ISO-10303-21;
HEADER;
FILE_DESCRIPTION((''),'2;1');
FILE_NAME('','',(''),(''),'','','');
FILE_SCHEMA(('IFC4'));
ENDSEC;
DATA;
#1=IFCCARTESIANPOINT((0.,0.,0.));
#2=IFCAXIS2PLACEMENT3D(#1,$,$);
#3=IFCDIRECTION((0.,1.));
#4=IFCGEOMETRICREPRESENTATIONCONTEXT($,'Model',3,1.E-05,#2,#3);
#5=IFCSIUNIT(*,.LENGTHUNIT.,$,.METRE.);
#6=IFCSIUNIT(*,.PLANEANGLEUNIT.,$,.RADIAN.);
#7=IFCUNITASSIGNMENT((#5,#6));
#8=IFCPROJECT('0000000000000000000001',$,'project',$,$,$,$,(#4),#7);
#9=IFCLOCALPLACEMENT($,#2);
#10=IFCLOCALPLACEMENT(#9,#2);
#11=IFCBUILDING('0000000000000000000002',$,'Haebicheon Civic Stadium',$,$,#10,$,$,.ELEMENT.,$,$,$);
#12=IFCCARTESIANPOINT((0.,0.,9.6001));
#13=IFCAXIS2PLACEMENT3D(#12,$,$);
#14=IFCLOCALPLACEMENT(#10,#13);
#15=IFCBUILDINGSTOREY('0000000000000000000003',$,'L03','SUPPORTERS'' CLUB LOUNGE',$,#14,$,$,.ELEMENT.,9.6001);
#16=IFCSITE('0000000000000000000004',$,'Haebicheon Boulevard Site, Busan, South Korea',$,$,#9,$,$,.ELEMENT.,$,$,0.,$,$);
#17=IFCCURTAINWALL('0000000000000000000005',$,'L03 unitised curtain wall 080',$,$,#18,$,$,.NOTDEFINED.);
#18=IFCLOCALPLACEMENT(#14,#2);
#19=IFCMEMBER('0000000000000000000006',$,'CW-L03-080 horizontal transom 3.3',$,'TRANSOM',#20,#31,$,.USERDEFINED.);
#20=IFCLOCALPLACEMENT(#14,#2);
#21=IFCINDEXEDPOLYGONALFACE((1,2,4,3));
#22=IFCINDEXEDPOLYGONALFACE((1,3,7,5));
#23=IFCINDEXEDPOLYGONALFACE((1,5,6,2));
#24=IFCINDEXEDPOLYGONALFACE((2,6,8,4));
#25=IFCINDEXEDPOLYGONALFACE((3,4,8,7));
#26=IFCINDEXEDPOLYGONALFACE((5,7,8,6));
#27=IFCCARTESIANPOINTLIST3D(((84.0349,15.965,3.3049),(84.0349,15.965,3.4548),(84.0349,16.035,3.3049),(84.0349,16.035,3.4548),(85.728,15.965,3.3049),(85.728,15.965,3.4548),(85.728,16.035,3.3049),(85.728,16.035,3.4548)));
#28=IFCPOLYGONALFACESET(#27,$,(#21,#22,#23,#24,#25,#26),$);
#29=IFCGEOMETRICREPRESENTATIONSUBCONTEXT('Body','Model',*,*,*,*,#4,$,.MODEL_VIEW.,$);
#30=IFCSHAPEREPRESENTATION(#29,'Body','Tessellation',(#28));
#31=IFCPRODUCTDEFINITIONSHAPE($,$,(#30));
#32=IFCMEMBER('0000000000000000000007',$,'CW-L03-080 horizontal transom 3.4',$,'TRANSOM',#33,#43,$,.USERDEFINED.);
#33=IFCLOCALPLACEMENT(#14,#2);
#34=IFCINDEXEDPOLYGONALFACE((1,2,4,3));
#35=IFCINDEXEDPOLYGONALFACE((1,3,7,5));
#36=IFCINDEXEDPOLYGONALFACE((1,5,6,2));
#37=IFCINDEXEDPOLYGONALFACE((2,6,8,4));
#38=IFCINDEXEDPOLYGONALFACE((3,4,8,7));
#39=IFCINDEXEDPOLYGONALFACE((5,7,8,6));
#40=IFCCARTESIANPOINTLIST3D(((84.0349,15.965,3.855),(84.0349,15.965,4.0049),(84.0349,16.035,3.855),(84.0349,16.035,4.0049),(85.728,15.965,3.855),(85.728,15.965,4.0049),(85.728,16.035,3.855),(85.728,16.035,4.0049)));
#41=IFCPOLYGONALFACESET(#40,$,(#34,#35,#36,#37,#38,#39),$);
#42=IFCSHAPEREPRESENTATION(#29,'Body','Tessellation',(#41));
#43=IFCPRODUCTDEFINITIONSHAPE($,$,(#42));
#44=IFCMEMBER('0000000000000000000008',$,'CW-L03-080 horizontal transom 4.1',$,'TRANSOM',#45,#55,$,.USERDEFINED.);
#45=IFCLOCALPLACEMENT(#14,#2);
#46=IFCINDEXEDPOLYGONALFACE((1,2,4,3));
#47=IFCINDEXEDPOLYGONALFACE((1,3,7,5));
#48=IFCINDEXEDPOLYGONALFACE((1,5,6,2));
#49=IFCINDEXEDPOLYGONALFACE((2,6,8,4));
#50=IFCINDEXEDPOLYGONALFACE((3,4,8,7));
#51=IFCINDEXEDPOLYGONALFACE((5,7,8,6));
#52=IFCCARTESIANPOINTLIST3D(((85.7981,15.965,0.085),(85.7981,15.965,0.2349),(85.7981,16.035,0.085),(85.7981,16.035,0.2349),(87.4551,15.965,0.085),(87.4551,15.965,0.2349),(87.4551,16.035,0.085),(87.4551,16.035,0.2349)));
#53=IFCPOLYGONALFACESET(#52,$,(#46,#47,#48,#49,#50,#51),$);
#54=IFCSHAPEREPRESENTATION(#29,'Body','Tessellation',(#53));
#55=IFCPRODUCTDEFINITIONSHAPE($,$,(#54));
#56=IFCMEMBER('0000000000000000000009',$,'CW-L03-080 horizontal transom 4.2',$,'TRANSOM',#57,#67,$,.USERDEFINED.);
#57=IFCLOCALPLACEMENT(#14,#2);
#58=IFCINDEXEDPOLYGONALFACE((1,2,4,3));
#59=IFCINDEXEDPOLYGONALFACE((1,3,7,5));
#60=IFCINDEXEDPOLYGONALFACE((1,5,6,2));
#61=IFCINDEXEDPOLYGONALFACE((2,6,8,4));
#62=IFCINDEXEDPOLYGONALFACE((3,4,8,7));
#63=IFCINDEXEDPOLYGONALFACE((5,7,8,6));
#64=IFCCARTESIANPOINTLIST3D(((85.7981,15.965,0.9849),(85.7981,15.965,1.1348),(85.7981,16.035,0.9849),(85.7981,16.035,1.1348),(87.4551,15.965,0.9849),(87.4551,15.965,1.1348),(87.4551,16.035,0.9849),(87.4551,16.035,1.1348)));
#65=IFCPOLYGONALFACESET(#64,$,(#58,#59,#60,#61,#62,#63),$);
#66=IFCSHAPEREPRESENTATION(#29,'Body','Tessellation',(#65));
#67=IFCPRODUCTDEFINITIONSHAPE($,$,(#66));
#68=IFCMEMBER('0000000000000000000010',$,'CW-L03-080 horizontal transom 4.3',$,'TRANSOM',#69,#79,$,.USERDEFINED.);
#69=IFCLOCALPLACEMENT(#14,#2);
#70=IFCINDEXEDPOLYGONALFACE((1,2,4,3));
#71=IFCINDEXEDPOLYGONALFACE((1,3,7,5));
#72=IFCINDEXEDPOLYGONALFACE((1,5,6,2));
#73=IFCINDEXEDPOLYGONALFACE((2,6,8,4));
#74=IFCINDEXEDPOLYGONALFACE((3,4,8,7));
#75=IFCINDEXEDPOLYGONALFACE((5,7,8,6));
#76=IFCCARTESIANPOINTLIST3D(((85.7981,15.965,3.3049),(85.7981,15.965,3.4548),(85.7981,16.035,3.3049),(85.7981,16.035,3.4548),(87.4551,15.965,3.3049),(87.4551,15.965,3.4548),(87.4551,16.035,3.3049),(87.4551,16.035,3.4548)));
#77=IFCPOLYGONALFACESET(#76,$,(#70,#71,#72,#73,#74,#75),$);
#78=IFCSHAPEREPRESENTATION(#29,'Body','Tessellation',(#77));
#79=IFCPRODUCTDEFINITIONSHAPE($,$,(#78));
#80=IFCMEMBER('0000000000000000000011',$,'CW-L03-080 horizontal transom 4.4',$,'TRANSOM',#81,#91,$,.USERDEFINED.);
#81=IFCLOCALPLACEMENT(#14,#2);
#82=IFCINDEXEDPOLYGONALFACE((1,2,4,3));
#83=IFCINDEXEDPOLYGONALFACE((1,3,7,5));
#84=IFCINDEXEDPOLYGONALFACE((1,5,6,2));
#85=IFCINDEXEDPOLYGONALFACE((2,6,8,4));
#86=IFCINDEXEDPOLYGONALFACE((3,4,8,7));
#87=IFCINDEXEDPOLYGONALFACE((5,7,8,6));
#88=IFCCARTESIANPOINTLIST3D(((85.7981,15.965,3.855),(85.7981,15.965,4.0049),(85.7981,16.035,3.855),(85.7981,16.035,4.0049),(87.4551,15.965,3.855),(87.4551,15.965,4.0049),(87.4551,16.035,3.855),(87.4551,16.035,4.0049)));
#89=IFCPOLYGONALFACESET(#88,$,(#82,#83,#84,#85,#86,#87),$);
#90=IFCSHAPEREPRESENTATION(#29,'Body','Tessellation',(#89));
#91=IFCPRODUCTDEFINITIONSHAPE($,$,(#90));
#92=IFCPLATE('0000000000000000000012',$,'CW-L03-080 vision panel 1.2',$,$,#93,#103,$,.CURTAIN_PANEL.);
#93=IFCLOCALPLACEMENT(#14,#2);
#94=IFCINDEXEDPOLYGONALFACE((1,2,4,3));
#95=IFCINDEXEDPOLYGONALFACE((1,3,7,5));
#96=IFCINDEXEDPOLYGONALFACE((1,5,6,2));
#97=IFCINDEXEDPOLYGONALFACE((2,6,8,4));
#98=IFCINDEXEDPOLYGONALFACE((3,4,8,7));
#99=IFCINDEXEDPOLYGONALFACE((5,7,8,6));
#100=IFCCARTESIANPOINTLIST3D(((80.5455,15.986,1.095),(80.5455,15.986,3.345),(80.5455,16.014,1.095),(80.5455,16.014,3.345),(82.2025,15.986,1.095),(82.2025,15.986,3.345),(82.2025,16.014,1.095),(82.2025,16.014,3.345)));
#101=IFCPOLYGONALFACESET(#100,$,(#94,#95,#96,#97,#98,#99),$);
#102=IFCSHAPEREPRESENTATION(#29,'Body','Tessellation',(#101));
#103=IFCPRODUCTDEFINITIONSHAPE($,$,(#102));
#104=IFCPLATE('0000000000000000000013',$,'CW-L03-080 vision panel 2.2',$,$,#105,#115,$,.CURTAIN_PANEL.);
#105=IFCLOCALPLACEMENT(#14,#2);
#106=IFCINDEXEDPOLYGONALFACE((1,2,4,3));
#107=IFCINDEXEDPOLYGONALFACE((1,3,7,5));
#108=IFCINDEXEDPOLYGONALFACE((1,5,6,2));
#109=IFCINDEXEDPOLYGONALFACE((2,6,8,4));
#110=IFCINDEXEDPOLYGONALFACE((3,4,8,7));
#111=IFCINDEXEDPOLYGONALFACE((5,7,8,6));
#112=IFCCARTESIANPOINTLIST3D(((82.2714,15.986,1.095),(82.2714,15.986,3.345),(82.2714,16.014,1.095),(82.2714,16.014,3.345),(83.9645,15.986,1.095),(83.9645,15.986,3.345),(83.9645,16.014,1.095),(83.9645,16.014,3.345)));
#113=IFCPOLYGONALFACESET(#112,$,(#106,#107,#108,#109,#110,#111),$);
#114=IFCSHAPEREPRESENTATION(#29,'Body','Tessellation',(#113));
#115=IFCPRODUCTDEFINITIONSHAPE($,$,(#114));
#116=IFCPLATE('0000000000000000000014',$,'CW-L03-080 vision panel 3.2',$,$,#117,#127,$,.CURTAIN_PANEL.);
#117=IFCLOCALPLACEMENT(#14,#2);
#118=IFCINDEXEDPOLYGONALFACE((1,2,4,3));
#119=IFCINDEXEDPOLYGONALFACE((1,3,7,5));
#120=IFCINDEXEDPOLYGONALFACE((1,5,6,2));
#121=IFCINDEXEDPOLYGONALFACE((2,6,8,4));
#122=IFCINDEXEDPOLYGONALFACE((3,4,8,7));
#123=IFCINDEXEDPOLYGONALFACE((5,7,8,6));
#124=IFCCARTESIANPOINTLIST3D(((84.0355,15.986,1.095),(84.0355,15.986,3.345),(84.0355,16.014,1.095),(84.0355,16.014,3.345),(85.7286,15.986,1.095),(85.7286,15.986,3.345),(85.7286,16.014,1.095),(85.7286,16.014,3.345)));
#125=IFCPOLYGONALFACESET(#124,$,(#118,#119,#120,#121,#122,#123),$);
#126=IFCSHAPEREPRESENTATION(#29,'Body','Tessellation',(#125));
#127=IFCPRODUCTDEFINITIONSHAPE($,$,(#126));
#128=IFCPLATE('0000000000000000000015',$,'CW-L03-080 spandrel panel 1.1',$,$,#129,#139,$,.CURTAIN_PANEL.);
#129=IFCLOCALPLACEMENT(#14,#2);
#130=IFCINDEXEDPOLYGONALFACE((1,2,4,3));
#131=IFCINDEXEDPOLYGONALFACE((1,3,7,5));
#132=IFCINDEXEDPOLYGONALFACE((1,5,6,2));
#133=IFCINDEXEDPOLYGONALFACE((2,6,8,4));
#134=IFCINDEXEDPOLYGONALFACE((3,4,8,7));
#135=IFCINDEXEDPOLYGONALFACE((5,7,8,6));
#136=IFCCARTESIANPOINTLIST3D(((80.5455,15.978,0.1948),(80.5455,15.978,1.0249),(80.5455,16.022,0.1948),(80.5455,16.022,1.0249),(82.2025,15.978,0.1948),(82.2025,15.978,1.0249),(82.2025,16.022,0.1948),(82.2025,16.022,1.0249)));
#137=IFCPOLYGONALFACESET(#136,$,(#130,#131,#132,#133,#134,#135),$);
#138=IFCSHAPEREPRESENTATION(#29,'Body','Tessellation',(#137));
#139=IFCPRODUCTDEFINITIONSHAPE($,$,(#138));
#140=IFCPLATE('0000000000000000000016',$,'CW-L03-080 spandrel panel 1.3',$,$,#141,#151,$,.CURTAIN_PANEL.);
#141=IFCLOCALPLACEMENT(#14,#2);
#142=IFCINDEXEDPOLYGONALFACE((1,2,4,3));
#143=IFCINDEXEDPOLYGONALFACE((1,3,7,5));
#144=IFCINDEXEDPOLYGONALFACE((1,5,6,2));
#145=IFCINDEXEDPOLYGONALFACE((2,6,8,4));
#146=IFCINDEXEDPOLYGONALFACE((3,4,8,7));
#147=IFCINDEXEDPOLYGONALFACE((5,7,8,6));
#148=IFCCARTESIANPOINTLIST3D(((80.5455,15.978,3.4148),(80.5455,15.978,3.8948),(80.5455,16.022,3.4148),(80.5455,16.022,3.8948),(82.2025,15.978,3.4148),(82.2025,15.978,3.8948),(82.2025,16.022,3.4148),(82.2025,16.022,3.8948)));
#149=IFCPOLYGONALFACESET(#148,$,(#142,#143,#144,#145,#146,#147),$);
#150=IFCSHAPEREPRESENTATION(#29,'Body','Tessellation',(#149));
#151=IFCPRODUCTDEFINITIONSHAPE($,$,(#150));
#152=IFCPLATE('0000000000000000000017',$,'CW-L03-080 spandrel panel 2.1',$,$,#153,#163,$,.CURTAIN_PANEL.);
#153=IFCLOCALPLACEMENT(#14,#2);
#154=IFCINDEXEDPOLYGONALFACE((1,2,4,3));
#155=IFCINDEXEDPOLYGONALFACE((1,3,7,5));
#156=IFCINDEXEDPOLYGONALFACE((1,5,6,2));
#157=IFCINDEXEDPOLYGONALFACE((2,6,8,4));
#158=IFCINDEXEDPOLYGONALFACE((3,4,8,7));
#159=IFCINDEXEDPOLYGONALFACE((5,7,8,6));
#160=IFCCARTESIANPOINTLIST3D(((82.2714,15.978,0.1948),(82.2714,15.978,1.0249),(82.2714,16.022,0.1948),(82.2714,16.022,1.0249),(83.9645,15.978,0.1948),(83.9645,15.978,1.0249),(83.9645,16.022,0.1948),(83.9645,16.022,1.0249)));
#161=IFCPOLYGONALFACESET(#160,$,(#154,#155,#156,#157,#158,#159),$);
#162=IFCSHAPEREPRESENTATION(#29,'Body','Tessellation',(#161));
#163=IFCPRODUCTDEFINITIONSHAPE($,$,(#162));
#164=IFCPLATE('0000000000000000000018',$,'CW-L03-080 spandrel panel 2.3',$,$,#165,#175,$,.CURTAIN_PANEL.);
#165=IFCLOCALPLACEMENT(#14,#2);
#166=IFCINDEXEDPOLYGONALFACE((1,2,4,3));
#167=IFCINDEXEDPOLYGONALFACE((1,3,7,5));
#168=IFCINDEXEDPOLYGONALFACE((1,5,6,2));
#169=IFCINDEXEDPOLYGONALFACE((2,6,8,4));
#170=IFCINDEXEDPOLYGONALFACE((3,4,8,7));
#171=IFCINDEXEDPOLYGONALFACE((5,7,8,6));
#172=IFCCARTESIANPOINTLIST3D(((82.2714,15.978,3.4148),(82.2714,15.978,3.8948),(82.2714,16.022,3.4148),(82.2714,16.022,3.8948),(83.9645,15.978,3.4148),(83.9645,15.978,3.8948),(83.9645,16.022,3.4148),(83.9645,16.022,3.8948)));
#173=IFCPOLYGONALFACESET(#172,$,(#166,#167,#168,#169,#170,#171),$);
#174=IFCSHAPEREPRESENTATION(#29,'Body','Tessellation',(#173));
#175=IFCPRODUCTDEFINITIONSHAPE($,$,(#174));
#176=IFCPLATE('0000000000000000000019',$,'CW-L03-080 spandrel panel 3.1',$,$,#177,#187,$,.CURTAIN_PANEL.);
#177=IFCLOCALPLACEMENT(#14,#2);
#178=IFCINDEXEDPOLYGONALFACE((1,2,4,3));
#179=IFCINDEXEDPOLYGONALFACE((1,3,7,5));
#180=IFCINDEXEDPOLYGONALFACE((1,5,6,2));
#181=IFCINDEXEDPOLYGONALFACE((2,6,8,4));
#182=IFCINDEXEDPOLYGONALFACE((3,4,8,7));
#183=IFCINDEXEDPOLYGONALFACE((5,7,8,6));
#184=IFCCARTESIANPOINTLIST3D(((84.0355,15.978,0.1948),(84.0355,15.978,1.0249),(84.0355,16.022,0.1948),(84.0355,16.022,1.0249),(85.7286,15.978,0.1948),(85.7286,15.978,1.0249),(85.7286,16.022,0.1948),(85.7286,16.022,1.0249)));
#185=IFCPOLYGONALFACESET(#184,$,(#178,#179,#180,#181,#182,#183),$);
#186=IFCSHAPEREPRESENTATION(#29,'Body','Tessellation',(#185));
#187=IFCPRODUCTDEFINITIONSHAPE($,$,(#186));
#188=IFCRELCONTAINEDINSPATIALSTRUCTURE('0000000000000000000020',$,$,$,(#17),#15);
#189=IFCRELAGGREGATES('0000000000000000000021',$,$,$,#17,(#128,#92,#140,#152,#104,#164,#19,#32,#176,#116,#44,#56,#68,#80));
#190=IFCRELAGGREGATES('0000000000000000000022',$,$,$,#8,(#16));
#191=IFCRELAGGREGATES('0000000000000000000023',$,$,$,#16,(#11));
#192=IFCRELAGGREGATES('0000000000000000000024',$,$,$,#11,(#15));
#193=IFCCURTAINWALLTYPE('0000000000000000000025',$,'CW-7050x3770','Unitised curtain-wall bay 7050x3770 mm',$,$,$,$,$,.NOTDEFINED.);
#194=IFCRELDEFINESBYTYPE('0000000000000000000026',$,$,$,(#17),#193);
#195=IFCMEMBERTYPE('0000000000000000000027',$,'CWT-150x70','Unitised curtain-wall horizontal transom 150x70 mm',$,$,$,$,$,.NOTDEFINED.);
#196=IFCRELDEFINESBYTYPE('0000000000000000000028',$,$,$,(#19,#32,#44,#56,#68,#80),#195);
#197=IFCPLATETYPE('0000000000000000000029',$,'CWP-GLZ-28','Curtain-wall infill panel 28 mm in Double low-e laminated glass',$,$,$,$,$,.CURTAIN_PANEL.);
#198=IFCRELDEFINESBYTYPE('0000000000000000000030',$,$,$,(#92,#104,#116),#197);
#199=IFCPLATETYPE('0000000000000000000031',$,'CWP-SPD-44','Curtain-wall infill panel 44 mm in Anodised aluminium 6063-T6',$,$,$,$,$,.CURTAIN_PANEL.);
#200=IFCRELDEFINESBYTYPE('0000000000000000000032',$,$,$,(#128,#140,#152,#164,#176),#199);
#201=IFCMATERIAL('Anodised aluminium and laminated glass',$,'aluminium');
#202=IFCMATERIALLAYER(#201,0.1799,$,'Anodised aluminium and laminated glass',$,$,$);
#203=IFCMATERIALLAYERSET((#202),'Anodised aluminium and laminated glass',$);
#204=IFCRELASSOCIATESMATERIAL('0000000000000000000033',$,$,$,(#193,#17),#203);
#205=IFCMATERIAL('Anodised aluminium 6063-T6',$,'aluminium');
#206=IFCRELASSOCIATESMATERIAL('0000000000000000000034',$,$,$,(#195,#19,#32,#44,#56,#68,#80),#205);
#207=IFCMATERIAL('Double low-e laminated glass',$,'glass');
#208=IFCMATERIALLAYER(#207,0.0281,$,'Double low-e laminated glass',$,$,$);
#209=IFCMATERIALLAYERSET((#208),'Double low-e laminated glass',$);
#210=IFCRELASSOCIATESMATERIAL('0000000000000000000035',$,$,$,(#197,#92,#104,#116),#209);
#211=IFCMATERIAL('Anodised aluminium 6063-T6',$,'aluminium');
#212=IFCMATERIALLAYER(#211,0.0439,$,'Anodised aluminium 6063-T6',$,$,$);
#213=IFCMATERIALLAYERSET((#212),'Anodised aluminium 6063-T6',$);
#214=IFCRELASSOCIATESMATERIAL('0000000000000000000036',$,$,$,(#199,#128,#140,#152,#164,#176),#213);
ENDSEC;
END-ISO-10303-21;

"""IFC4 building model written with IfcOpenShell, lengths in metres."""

from ifc_helpers import new_model, si_unit, direction, frame, origin, origin_2d, place, context, subcontext, project, spatial, rectangle, extrude, material, layer, layer_set, material_profile, profile_set, type_object, element, aggregate, save


model = new_model("IFC4")

# Units and contexts
model_context = context("Model", 3, precision=1e-05, world=origin(), true_north=direction((0.0, 1.0)))
body_context = subcontext(model_context, "Body", "Model", "MODEL_VIEW")
ifc_project = project(units=[si_unit("LENGTHUNIT", "METRE"), si_unit("PLANEANGLEUNIT", "RADIAN")], contexts=[model_context])

# Site, building, storey
site_placement = place(None, origin())
site = spatial("IfcSite", under=ifc_project, at=site_placement, Name="Haebicheon Boulevard Site, Busan, South Korea", CompositionType="ELEMENT", RefElevation=0.0)
building_placement = place(site_placement, origin())
building = spatial("IfcBuilding", under=site, at=building_placement, Name="Haebicheon Civic Stadium", CompositionType="ELEMENT")
storey_placement = place(building_placement, frame((0.0, 0.0, 9.6001)))
storey = spatial("IfcBuildingStorey", under=building, at=storey_placement, Name="L03", Description="SUPPORTERS' CLUB LOUNGE", CompositionType="ELEMENT", Elevation=9.6001)

# Curtain wall, members, plates
ifc_material_1 = material(Name="Anodised aluminium and laminated glass", Category="aluminium")
ifc_layer_1 = layer(ifc_material_1, 0.1799, Name="Anodised aluminium and laminated glass")
ifc_layer_set_1 = layer_set([ifc_layer_1], Name="Anodised aluminium and laminated glass")
curtain_wall_type = type_object("IfcCurtainWallType", Name="CW-7050x3770", Description="Unitised curtain-wall bay 7050x3770 mm", PredefinedType="NOTDEFINED", material=ifc_layer_set_1)
curtain_wall_placement = place(storey_placement, origin())
curtain_wall = element("IfcCurtainWall", 1, at=curtain_wall_placement, inside=storey, type_object=curtain_wall_type, material=ifc_layer_set_1, Name="L03 unitised curtain wall 080", PredefinedType="NOTDEFINED")
ifc_material_2 = material(Name="Anodised aluminium 6063-T6", Category="aluminium")
ifc_material_profile_1 = material_profile(ifc_material_2, rectangle(XDim=0.0701, YDim=0.1499, at=origin_2d()), Name="ALU-TRAN-70x150")
ifc_profile_set_1 = profile_set([ifc_material_profile_1], Name="Anodised aluminium 6063-T6")
member_type_1 = type_object("IfcMemberType", Name="CWT-150x70", Description="Unitised curtain-wall horizontal transom 150x70 mm", PredefinedType="NOTDEFINED", material=ifc_profile_set_1)
member_1_placement = place(storey_placement, frame((84.0349, 16.0, 3.3799), z_axis=(1.0, 0.0, 0.0), x_axis=(0.0, 1.0, 0.0)))
member_1 = element("IfcMember", 2, at=member_1_placement, type_object=member_type_1, material=ifc_profile_set_1, Name="CW-L03-080 horizontal transom 3.3", ObjectType="TRANSOM", PredefinedType="USERDEFINED", context=body_context, shape_type="SweptSolid", body=[
    extrude(rectangle(XDim=0.0701, YDim=0.1499, at=origin_2d()), origin(), (0.0, 0.0, 1.0), 1.6931),
])
member_2_placement = place(storey_placement, frame((84.0349, 16.0, 3.9299), z_axis=(1.0, 0.0, 0.0), x_axis=(0.0, 1.0, 0.0)))
member_2 = element("IfcMember", 3, at=member_2_placement, type_object=member_type_1, material=ifc_profile_set_1, Name="CW-L03-080 horizontal transom 3.4", ObjectType="TRANSOM", PredefinedType="USERDEFINED", context=body_context, shape_type="SweptSolid", body=[
    extrude(rectangle(XDim=0.0701, YDim=0.1499, at=origin_2d()), origin(), (0.0, 0.0, 1.0), 1.6931),
])
member_3_placement = place(storey_placement, frame((85.7981, 16.0, 0.1599), z_axis=(1.0, 0.0, 0.0), x_axis=(0.0, 1.0, 0.0)))
member_3 = element("IfcMember", 4, at=member_3_placement, type_object=member_type_1, material=ifc_profile_set_1, Name="CW-L03-080 horizontal transom 4.1", ObjectType="TRANSOM", PredefinedType="USERDEFINED", context=body_context, shape_type="SweptSolid", body=[
    extrude(rectangle(XDim=0.0701, YDim=0.1499, at=origin_2d()), origin(), (0.0, 0.0, 1.0), 1.657),
])
member_4_placement = place(storey_placement, frame((85.7981, 16.0, 1.0598), z_axis=(1.0, 0.0, 0.0), x_axis=(0.0, 1.0, 0.0)))
member_4 = element("IfcMember", 5, at=member_4_placement, type_object=member_type_1, material=ifc_profile_set_1, Name="CW-L03-080 horizontal transom 4.2", ObjectType="TRANSOM", PredefinedType="USERDEFINED", context=body_context, shape_type="SweptSolid", body=[
    extrude(rectangle(XDim=0.0701, YDim=0.1499, at=origin_2d()), origin(), (0.0, 0.0, 1.0), 1.657),
])
member_5_placement = place(storey_placement, frame((85.7981, 16.0, 3.3799), z_axis=(1.0, 0.0, 0.0), x_axis=(0.0, 1.0, 0.0)))
member_5 = element("IfcMember", 6, at=member_5_placement, type_object=member_type_1, material=ifc_profile_set_1, Name="CW-L03-080 horizontal transom 4.3", ObjectType="TRANSOM", PredefinedType="USERDEFINED", context=body_context, shape_type="SweptSolid", body=[
    extrude(rectangle(XDim=0.0701, YDim=0.1499, at=origin_2d()), origin(), (0.0, 0.0, 1.0), 1.657),
])
member_6_placement = place(storey_placement, frame((85.7981, 16.0, 3.9299), z_axis=(1.0, 0.0, 0.0), x_axis=(0.0, 1.0, 0.0)))
member_6 = element("IfcMember", 7, at=member_6_placement, type_object=member_type_1, material=ifc_profile_set_1, Name="CW-L03-080 horizontal transom 4.4", ObjectType="TRANSOM", PredefinedType="USERDEFINED", context=body_context, shape_type="SweptSolid", body=[
    extrude(rectangle(XDim=0.0701, YDim=0.1499, at=origin_2d()), origin(), (0.0, 0.0, 1.0), 1.657),
])
ifc_material_3 = material(Name="Double low-e laminated glass", Category="glass")
ifc_layer_2 = layer(ifc_material_3, 0.0281, Name="Double low-e laminated glass")
ifc_layer_set_2 = layer_set([ifc_layer_2], Name="Double low-e laminated glass")
plate_type_1 = type_object("IfcPlateType", Name="CWP-GLZ-28", Description="Curtain-wall infill panel 28 mm in Double low-e laminated glass", PredefinedType="CURTAIN_PANEL", material=ifc_layer_set_2)
plate_1_placement = place(storey_placement, frame((81.374, 16.0, 1.095), z_axis=(0.0, 0.0, 1.0), x_axis=(1.0, 0.0, 0.0)))
plate_1 = element("IfcPlate", 8, at=plate_1_placement, type_object=plate_type_1, material=ifc_layer_set_2, Name="CW-L03-080 vision panel 1.2", PredefinedType="CURTAIN_PANEL", context=body_context, shape_type="SweptSolid", body=[
    extrude(rectangle(XDim=1.657, YDim=0.0281, at=origin_2d()), origin(), (0.0, 0.0, 1.0), 2.25),
])
plate_2_placement = place(storey_placement, frame((83.1179, 16.0, 1.095), z_axis=(0.0, 0.0, 1.0), x_axis=(1.0, 0.0, 0.0)))
plate_2 = element("IfcPlate", 9, at=plate_2_placement, type_object=plate_type_1, material=ifc_layer_set_2, Name="CW-L03-080 vision panel 2.2", PredefinedType="CURTAIN_PANEL", context=body_context, shape_type="SweptSolid", body=[
    extrude(rectangle(XDim=1.6931, YDim=0.0281, at=origin_2d()), origin(), (0.0, 0.0, 1.0), 2.25),
])
plate_3_placement = place(storey_placement, frame((84.8821, 16.0, 1.095), z_axis=(0.0, 0.0, 1.0), x_axis=(1.0, 0.0, 0.0)))
plate_3 = element("IfcPlate", 10, at=plate_3_placement, type_object=plate_type_1, material=ifc_layer_set_2, Name="CW-L03-080 vision panel 3.2", PredefinedType="CURTAIN_PANEL", context=body_context, shape_type="SweptSolid", body=[
    extrude(rectangle(XDim=1.6931, YDim=0.0281, at=origin_2d()), origin(), (0.0, 0.0, 1.0), 2.25),
])
ifc_material_4 = material(Name="Anodised aluminium 6063-T6", Category="aluminium")
ifc_layer_3 = layer(ifc_material_4, 0.0439, Name="Anodised aluminium 6063-T6")
ifc_layer_set_3 = layer_set([ifc_layer_3], Name="Anodised aluminium 6063-T6")
plate_type_2 = type_object("IfcPlateType", Name="CWP-SPD-44", Description="Curtain-wall infill panel 44 mm in Anodised aluminium 6063-T6", PredefinedType="CURTAIN_PANEL", material=ifc_layer_set_3)
plate_4_placement = place(storey_placement, frame((81.374, 16.0, 0.1948), z_axis=(0.0, 0.0, 1.0), x_axis=(1.0, 0.0, 0.0)))
plate_4 = element("IfcPlate", 11, at=plate_4_placement, type_object=plate_type_2, material=ifc_layer_set_3, Name="CW-L03-080 spandrel panel 1.1", PredefinedType="CURTAIN_PANEL", context=body_context, shape_type="SweptSolid", body=[
    extrude(rectangle(XDim=1.657, YDim=0.0439, at=origin_2d()), origin(), (0.0, 0.0, 1.0), 0.8301),
])
plate_5_placement = place(storey_placement, frame((81.374, 16.0, 3.4148), z_axis=(0.0, 0.0, 1.0), x_axis=(1.0, 0.0, 0.0)))
plate_5 = element("IfcPlate", 12, at=plate_5_placement, type_object=plate_type_2, material=ifc_layer_set_3, Name="CW-L03-080 spandrel panel 1.3", PredefinedType="CURTAIN_PANEL", context=body_context, shape_type="SweptSolid", body=[
    extrude(rectangle(XDim=1.657, YDim=0.0439, at=origin_2d()), origin(), (0.0, 0.0, 1.0), 0.48),
])
plate_6_placement = place(storey_placement, frame((83.1179, 16.0, 0.1948), z_axis=(0.0, 0.0, 1.0), x_axis=(1.0, 0.0, 0.0)))
plate_6 = element("IfcPlate", 13, at=plate_6_placement, type_object=plate_type_2, material=ifc_layer_set_3, Name="CW-L03-080 spandrel panel 2.1", PredefinedType="CURTAIN_PANEL", context=body_context, shape_type="SweptSolid", body=[
    extrude(rectangle(XDim=1.6931, YDim=0.0439, at=origin_2d()), origin(), (0.0, 0.0, 1.0), 0.8301),
])
plate_7_placement = place(storey_placement, frame((83.1179, 16.0, 3.4148), z_axis=(0.0, 0.0, 1.0), x_axis=(1.0, 0.0, 0.0)))
plate_7 = element("IfcPlate", 14, at=plate_7_placement, type_object=plate_type_2, material=ifc_layer_set_3, Name="CW-L03-080 spandrel panel 2.3", PredefinedType="CURTAIN_PANEL", context=body_context, shape_type="SweptSolid", body=[
    extrude(rectangle(XDim=1.6931, YDim=0.0439, at=origin_2d()), origin(), (0.0, 0.0, 1.0), 0.48),
])
plate_8_placement = place(storey_placement, frame((84.8821, 16.0, 0.1948), z_axis=(0.0, 0.0, 1.0), x_axis=(1.0, 0.0, 0.0)))
plate_8 = element("IfcPlate", 15, at=plate_8_placement, type_object=plate_type_2, material=ifc_layer_set_3, Name="CW-L03-080 spandrel panel 3.1", PredefinedType="CURTAIN_PANEL", context=body_context, shape_type="SweptSolid", body=[
    extrude(rectangle(XDim=1.6931, YDim=0.0439, at=origin_2d()), origin(), (0.0, 0.0, 1.0), 0.8301),
])
aggregate(curtain_wall, [plate_4, plate_1, plate_5, plate_6, plate_2, plate_7, member_1, member_2, plate_8, plate_3, member_3, member_4, member_5, member_6])

save(model, "model.ifc")
